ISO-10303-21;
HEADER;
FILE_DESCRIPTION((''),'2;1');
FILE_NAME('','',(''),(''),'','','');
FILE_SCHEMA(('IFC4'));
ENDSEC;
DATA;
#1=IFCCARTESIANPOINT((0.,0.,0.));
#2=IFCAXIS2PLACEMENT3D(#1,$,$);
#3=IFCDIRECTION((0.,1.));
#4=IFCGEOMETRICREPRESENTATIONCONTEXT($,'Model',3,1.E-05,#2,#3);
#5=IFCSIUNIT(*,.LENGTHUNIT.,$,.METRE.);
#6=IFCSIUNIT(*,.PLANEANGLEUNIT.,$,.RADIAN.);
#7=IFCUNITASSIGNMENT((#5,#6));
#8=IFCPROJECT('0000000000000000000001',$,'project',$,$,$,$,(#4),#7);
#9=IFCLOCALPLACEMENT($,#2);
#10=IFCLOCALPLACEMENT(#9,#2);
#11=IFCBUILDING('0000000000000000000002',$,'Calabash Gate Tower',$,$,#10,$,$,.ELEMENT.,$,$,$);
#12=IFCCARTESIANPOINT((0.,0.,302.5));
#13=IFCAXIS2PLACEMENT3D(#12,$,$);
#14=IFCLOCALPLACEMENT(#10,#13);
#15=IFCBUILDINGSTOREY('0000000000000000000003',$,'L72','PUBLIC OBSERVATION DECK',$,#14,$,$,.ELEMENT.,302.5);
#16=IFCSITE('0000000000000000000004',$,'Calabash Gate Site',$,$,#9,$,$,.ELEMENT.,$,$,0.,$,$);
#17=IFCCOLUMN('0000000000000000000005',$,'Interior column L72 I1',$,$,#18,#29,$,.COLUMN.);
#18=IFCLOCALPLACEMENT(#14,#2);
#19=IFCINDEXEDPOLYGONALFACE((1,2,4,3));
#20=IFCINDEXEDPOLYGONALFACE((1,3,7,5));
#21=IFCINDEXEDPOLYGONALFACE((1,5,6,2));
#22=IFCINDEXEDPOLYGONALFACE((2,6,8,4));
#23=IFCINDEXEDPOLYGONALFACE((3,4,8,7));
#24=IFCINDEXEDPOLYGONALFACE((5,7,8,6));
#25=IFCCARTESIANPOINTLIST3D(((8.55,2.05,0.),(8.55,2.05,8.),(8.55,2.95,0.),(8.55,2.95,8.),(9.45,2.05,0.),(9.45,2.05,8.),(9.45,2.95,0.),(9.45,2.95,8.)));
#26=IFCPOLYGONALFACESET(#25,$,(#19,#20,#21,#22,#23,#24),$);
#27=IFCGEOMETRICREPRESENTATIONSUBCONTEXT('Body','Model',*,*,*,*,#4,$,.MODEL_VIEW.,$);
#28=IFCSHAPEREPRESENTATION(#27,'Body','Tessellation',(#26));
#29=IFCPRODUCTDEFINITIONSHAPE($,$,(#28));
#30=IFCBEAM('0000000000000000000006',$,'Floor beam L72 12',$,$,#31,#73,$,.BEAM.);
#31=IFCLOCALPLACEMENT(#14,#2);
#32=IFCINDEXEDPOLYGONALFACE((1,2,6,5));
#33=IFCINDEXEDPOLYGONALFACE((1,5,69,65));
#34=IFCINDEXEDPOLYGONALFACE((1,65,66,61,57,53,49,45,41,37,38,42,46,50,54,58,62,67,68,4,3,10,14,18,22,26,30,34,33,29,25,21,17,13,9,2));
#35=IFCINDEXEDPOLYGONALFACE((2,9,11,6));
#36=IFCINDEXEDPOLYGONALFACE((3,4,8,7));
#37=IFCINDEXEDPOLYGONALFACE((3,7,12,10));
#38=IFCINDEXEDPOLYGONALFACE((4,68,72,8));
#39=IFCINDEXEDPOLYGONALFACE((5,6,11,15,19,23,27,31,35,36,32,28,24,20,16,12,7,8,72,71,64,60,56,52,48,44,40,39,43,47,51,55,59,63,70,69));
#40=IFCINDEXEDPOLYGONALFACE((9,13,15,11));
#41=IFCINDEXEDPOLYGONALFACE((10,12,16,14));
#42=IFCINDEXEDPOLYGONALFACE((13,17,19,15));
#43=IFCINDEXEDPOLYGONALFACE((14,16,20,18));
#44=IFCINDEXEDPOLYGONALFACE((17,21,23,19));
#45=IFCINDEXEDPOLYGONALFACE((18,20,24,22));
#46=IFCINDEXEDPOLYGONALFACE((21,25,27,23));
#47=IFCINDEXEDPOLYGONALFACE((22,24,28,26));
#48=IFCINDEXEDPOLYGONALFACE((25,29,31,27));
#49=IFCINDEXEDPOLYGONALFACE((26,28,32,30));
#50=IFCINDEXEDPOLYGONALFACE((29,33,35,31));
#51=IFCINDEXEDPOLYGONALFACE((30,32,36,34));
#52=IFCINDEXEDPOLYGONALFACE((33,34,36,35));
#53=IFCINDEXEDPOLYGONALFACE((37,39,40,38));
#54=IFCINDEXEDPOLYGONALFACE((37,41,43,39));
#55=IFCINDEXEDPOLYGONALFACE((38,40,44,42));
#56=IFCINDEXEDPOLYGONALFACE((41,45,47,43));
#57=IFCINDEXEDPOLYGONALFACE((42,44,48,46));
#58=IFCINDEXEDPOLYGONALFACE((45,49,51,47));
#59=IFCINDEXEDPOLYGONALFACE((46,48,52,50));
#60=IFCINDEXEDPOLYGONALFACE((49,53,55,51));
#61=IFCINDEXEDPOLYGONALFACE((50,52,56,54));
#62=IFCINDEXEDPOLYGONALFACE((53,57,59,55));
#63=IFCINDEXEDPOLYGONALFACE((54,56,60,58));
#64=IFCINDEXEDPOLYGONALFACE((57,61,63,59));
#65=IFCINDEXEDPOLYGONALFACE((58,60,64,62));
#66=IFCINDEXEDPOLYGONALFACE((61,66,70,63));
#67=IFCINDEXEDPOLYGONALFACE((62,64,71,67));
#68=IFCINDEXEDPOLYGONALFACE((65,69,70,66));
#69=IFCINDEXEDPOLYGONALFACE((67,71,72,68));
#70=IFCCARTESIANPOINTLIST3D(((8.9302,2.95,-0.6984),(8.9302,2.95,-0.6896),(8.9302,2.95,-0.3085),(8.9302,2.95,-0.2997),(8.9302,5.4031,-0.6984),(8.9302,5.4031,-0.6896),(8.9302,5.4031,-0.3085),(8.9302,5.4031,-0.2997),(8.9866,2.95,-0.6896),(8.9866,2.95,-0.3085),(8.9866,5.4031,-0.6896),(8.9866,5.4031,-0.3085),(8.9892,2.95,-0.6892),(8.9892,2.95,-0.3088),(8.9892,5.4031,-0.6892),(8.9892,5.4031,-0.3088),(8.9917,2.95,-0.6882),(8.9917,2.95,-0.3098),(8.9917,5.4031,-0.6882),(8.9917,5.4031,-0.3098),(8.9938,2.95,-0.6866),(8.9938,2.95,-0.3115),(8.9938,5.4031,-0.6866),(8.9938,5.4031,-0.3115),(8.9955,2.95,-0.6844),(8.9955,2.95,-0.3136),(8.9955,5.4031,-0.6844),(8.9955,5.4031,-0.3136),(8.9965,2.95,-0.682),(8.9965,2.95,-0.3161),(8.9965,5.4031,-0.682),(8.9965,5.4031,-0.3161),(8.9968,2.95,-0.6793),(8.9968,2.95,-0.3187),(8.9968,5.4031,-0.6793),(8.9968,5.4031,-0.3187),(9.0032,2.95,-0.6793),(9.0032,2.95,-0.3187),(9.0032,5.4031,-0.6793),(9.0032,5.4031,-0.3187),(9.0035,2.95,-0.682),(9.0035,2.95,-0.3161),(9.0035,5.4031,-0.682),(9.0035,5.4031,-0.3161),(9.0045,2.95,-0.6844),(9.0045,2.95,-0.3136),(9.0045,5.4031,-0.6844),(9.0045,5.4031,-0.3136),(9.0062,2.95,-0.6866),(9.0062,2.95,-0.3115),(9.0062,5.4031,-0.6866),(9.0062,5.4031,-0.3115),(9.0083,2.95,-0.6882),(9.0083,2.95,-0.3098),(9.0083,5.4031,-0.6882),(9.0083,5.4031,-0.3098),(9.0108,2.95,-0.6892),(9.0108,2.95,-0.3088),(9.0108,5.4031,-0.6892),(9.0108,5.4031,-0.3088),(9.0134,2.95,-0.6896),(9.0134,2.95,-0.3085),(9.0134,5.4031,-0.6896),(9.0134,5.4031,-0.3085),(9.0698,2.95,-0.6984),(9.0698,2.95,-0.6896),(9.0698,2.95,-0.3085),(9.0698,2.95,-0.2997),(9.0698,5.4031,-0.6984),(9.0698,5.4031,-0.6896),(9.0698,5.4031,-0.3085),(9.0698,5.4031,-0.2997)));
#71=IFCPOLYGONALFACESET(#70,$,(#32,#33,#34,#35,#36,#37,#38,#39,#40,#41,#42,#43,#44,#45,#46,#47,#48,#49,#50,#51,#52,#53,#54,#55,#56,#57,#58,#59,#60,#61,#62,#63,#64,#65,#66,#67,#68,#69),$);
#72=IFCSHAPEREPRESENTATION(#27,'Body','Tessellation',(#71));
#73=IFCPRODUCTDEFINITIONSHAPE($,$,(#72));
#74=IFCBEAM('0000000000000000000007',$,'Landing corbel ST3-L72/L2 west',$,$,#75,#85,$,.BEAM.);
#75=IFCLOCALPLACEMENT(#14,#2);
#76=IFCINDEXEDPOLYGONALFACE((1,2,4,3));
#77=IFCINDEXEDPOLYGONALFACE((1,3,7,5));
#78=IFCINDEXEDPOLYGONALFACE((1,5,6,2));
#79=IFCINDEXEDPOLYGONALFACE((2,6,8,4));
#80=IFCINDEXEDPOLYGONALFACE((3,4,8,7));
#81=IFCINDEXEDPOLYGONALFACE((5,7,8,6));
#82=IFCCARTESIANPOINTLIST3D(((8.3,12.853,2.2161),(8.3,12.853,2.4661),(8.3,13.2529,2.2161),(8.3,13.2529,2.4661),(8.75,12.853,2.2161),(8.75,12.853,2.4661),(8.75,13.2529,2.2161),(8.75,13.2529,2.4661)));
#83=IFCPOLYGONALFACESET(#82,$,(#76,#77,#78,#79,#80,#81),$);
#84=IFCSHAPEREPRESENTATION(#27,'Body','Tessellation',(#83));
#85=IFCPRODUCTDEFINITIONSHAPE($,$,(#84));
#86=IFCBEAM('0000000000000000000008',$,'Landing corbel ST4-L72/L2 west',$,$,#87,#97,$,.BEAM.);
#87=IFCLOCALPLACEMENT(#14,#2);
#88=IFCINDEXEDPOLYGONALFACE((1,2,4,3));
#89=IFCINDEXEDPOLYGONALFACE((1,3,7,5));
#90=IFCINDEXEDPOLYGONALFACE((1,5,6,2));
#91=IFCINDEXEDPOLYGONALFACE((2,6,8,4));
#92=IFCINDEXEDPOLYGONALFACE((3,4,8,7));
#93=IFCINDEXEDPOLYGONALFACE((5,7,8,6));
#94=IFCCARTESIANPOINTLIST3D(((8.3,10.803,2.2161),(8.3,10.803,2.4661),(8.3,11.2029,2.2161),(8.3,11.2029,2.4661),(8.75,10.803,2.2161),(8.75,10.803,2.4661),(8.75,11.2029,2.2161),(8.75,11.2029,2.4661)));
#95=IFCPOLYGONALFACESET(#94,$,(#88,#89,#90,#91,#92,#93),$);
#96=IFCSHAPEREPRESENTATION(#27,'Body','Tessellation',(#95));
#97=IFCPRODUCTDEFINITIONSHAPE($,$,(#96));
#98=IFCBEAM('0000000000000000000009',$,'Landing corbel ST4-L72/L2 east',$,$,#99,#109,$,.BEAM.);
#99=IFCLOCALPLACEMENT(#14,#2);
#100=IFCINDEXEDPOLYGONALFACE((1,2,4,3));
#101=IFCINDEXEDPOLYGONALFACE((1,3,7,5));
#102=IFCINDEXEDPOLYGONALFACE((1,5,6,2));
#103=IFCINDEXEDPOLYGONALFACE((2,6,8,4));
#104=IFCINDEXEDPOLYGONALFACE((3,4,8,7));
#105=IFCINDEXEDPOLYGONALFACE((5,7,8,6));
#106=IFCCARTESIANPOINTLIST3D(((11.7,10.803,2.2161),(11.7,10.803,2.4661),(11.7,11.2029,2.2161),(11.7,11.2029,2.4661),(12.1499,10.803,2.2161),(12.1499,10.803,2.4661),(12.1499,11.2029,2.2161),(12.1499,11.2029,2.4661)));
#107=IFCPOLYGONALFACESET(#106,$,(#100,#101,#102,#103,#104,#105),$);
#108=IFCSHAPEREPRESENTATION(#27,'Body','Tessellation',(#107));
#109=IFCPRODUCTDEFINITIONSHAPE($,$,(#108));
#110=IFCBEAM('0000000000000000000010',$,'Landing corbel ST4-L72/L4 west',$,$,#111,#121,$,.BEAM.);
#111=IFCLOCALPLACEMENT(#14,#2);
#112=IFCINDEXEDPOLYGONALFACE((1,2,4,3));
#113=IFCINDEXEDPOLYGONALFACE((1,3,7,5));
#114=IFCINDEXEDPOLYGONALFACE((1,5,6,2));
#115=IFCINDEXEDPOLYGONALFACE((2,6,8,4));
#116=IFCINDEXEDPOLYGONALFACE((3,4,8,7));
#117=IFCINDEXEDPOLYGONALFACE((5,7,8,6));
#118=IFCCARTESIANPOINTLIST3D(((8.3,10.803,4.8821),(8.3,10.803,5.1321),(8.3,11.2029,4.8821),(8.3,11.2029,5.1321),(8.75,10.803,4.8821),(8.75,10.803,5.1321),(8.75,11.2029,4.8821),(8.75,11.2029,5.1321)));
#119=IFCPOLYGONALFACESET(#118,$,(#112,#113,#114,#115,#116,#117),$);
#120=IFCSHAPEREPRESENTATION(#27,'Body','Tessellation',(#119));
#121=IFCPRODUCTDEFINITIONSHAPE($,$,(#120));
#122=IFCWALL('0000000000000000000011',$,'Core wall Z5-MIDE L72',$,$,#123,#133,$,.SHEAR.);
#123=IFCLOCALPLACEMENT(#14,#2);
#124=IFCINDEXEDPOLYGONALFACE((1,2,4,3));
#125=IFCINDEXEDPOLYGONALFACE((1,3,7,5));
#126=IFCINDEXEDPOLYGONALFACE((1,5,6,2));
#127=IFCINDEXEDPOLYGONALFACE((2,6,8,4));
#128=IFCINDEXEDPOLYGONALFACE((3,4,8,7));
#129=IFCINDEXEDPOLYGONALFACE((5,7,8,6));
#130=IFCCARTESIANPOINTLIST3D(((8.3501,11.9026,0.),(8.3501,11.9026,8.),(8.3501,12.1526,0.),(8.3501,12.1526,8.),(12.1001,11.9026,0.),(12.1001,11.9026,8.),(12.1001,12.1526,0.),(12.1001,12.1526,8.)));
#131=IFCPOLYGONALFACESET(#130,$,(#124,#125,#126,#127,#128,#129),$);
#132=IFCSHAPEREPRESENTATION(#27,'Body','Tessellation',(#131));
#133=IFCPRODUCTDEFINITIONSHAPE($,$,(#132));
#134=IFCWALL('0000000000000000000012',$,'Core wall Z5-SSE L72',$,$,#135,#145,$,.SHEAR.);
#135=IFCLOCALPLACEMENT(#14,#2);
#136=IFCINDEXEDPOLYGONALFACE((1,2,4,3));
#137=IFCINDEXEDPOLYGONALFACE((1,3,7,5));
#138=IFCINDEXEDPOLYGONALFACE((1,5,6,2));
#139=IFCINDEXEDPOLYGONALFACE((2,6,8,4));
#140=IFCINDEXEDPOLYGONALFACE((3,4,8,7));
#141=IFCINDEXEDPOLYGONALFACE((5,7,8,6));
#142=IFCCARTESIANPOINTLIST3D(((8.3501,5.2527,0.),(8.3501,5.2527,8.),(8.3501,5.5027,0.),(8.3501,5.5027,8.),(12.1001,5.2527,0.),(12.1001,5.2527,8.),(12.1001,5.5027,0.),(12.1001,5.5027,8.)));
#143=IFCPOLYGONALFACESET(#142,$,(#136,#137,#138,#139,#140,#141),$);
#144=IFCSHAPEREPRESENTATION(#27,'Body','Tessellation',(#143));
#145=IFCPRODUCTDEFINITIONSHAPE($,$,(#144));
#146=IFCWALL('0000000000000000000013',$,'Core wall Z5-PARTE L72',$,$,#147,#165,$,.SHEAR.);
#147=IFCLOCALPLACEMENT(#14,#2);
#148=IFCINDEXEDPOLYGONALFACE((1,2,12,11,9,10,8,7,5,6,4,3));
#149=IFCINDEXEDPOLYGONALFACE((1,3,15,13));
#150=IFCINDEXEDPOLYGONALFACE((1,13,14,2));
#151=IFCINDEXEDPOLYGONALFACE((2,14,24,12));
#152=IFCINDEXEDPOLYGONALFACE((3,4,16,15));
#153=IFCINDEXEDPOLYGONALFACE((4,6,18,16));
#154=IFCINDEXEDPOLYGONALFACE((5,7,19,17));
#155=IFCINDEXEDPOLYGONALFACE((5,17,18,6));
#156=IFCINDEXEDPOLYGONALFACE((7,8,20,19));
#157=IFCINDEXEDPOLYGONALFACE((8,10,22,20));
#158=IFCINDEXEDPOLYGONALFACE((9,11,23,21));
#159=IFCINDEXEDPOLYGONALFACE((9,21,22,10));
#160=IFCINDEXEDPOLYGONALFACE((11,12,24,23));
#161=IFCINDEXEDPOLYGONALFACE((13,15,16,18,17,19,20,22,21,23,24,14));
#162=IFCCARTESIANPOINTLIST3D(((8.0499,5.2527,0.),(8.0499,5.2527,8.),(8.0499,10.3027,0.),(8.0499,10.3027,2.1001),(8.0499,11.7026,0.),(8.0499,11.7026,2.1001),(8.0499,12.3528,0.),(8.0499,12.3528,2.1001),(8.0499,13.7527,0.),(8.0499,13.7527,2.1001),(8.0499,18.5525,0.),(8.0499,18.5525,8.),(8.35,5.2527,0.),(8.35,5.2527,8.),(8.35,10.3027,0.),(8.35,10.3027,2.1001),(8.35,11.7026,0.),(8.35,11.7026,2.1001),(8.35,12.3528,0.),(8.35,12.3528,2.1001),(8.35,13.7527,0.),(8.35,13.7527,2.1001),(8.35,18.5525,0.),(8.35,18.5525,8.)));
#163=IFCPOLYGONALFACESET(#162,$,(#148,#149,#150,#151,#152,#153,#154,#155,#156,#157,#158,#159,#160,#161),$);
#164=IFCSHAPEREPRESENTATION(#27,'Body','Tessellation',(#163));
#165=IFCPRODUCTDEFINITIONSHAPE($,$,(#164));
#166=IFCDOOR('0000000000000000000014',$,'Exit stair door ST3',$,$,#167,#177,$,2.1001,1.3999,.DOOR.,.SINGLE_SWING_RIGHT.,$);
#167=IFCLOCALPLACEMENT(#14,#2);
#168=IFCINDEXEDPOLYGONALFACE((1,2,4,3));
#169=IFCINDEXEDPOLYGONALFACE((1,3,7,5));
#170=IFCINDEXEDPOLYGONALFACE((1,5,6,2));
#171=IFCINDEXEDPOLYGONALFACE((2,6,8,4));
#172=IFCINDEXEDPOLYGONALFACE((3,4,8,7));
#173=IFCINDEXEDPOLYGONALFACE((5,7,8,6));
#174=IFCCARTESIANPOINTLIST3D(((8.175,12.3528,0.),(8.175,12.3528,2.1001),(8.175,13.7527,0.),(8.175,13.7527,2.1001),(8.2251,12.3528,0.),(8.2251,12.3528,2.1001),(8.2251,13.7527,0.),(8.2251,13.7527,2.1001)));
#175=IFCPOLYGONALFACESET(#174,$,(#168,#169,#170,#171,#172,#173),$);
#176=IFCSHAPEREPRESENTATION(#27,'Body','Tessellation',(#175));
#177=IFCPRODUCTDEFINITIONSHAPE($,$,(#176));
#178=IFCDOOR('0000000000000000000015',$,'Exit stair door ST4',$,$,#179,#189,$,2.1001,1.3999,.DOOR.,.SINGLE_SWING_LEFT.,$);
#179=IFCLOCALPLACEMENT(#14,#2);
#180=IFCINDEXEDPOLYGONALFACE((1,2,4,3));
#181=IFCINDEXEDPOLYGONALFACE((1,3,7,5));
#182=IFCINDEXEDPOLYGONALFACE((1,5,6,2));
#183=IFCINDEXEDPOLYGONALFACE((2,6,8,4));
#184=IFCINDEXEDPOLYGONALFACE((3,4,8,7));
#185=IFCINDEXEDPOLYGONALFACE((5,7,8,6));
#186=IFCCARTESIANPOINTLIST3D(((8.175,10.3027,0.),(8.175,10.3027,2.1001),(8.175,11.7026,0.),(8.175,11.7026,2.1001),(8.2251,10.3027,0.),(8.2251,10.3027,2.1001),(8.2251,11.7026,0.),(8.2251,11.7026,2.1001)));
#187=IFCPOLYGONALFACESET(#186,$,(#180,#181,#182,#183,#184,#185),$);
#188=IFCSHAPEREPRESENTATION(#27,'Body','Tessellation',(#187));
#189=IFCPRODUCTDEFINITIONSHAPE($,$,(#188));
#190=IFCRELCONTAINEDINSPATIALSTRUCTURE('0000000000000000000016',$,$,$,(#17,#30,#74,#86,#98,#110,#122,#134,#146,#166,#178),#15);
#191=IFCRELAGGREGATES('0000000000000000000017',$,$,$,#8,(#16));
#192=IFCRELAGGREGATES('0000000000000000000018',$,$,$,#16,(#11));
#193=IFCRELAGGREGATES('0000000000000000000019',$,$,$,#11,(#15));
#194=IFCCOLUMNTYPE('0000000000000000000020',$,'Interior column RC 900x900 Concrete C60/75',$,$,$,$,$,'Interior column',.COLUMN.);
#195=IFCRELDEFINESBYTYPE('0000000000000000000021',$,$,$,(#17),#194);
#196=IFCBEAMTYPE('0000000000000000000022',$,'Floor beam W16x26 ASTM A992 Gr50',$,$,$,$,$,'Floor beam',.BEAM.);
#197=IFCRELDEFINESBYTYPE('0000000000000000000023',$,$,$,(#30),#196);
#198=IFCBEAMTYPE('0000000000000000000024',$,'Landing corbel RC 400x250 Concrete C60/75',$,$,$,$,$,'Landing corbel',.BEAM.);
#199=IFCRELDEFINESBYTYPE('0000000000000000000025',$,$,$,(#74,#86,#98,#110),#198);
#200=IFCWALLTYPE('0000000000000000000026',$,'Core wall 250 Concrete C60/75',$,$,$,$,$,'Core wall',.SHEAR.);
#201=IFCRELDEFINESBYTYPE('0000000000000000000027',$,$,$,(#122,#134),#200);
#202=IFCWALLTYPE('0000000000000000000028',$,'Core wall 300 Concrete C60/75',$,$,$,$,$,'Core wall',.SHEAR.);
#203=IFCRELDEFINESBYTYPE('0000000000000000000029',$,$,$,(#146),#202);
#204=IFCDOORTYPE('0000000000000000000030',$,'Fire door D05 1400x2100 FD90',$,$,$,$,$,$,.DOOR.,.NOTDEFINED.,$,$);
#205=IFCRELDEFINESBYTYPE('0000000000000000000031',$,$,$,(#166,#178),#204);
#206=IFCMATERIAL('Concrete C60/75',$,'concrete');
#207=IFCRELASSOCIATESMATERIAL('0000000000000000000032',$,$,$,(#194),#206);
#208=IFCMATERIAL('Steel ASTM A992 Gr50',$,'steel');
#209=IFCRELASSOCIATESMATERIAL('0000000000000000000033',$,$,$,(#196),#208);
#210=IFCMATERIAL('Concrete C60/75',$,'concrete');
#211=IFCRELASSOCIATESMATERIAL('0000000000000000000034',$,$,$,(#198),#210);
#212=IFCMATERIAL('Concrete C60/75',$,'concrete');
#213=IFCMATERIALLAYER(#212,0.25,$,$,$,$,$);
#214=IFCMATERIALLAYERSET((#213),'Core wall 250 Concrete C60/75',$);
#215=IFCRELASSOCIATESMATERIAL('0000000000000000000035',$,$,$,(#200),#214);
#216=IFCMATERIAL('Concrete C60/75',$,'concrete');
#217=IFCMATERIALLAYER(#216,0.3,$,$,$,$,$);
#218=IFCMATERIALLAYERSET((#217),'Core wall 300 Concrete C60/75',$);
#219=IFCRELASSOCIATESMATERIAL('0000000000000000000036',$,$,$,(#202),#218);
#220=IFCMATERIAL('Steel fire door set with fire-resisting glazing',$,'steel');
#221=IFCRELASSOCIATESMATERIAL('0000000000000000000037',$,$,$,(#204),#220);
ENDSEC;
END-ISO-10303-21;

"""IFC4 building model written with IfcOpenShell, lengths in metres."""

from ifc_helpers import new_model, si_unit, direction, frame, frame_2d, origin, origin_2d, place, context, subcontext, project, spatial, rectangle, i_section, extrude, material, layer, layer_set, material_profile, profile_set, type_object, element, fill, save


model = new_model("IFC4")

# Units and contexts
model_context = context("Model", 3, precision=1e-05, world=origin(), true_north=direction((0.0, 1.0)))
body_context = subcontext(model_context, "Body", "Model", "MODEL_VIEW")
ifc_project = project(units=[si_unit("LENGTHUNIT", "METRE"), si_unit("PLANEANGLEUNIT", "RADIAN")], contexts=[model_context])

# Site, building, storey
site_placement = place(None, origin())
site = spatial("IfcSite", under=ifc_project, at=site_placement, Name="Calabash Gate Site", CompositionType="ELEMENT", RefElevation=0.0)
building_placement = place(site_placement, origin())
building = spatial("IfcBuilding", under=site, at=building_placement, Name="Calabash Gate Tower", CompositionType="ELEMENT")
storey_placement = place(building_placement, frame((0.0, 0.0, 302.5)))
storey = spatial("IfcBuildingStorey", under=building, at=storey_placement, Name="L72", Description="PUBLIC OBSERVATION DECK", CompositionType="ELEMENT", Elevation=302.5)

# Column
ifc_material_1 = material(Name="Concrete C60/75", Category="concrete")
ifc_material_profile_1 = material_profile(ifc_material_1, rectangle(XDim=0.8999, YDim=0.8999, at=origin_2d()))
ifc_profile_set_1 = profile_set([ifc_material_profile_1], Name="Concrete C60/75")
column_type = type_object("IfcColumnType", Name="Interior column RC 900x900 Concrete C60/75", ElementType="Interior column", PredefinedType="COLUMN", material=ifc_profile_set_1)
column_placement = place(storey_placement, frame((9.0, 2.5, 0.0), z_axis=(0.0, 0.0, 1.0), x_axis=(1.0, 0.0, 0.0)))
element("IfcColumn", 1, at=column_placement, inside=storey, type_object=column_type, Name="Interior column L72 I1", PredefinedType="COLUMN", context=body_context, shape_type="SweptSolid", body=[
    extrude(rectangle(XDim=0.8999, YDim=0.8999, at=origin_2d()), origin(), (0.0, 0.0, 1.0), 8.0),
])

# Beams
ifc_material_2 = material(Name="Steel ASTM A992 Gr50", Category="steel")
ifc_material_profile_2 = material_profile(ifc_material_2, i_section(OverallWidth=0.1396, OverallDepth=0.3987, WebThickness=0.0063, FlangeThickness=0.0088, FilletRadius=0.0103, at=origin_2d()))
ifc_profile_set_2 = profile_set([ifc_material_profile_2], Name="Steel ASTM A992 Gr50")
beam_type_1 = type_object("IfcBeamType", Name="Floor beam W16x26 ASTM A992 Gr50", ElementType="Floor beam", PredefinedType="BEAM", material=ifc_profile_set_2)
beam_placement = place(storey_placement, frame((9.0, 2.95, -0.499), z_axis=(0.0, 1.0, 0.0), x_axis=(-1.0, 0.0, 0.0)))
element("IfcBeam", 2, at=beam_placement, inside=storey, type_object=beam_type_1, Name="Floor beam L72 12", PredefinedType="BEAM", context=body_context, shape_type="SweptSolid", body=[
    extrude(i_section(OverallWidth=0.1396, OverallDepth=0.3987, WebThickness=0.0063, FlangeThickness=0.0088, FilletRadius=0.0103, at=origin_2d()), origin(), (0.0, 0.0, 1.0), 2.4531),
])
ifc_material_3 = material(Name="Concrete C60/75", Category="concrete")
ifc_material_profile_3 = material_profile(ifc_material_3, rectangle(XDim=0.3999, YDim=0.25, at=origin_2d()))
ifc_profile_set_3 = profile_set([ifc_material_profile_3], Name="Concrete C60/75")
beam_type_2 = type_object("IfcBeamType", Name="Landing corbel RC 400x250 Concrete C60/75", ElementType="Landing corbel", PredefinedType="BEAM", material=ifc_profile_set_3)
for number, where, z_axis, x_axis, name in (
    (3, (8.3, 13.053, 2.3411), (1.0, 0.0, 0.0), (0.0, 1.0, 0.0), "Landing corbel ST3-L72/L2 west"),
    (4, (8.3, 11.0029, 2.3411), (1.0, 0.0, 0.0), (0.0, 1.0, 0.0), "Landing corbel ST4-L72/L2 west"),
    (5, (12.1499, 11.0029, 2.3411), (-1.0, 0.0, 0.0), (0.0, -1.0, 0.0), "Landing corbel ST4-L72/L2 east"),
    (6, (8.3, 11.0029, 5.0071), (1.0, 0.0, 0.0), (0.0, 1.0, 0.0), "Landing corbel ST4-L72/L4 west"),
):
    element("IfcBeam", number, at=place(storey_placement, frame(where, z_axis=z_axis, x_axis=x_axis)), inside=storey, type_object=beam_type_2, Name=name, PredefinedType="BEAM", context=body_context, shape_type="SweptSolid", body=[
        extrude(rectangle(XDim=0.3999, YDim=0.25, at=origin_2d()), origin(), (0.0, 0.0, 1.0), 0.45),
    ])

# Walls
ifc_material_4 = material(Name="Concrete C60/75", Category="concrete")
ifc_layer_1 = layer(ifc_material_4, 0.25)
ifc_layer_set_1 = layer_set([ifc_layer_1], Name="Core wall 250 Concrete C60/75")
wall_type_1 = type_object("IfcWallType", Name="Core wall 250 Concrete C60/75", ElementType="Core wall", PredefinedType="SHEAR", material=ifc_layer_set_1)
for number, where, z_axis, x_axis, name in (
    (7, (8.3501, 12.0276, 0.0), (0.0, 0.0, 1.0), (1.0, 0.0, 0.0), "Core wall Z5-MIDE L72"),
    (8, (8.3501, 5.3777, 0.0), (0.0, 0.0, 1.0), (1.0, 0.0, 0.0), "Core wall Z5-SSE L72"),
):
    element("IfcWall", number, at=place(storey_placement, frame(where, z_axis=z_axis, x_axis=x_axis)), inside=storey, type_object=wall_type_1, Name=name, PredefinedType="SHEAR", context=body_context, shape_type="SweptSolid", body=[
        extrude(rectangle(XDim=3.75, YDim=0.25, at=frame_2d((1.875, 0.0))), origin(), (0.0, 0.0, 1.0), 8.0),
    ])

# Wall, openings, doors
ifc_material_5 = material(Name="Concrete C60/75", Category="concrete")
ifc_layer_2 = layer(ifc_material_5, 0.3)
ifc_layer_set_2 = layer_set([ifc_layer_2], Name="Core wall 300 Concrete C60/75")
wall_type_2 = type_object("IfcWallType", Name="Core wall 300 Concrete C60/75", ElementType="Core wall", PredefinedType="SHEAR", material=ifc_layer_set_2)
wall_1_placement = place(storey_placement, frame((8.2, 5.2527, 0.0), z_axis=(0.0, 0.0, 1.0), x_axis=(0.0, 1.0, 0.0)))
wall_1 = element("IfcWall", 9, at=wall_1_placement, inside=storey, type_object=wall_type_2, Name="Core wall Z5-PARTE L72", PredefinedType="SHEAR", context=body_context, shape_type="SweptSolid", body=[
    extrude(rectangle(XDim=13.2998, YDim=0.3, at=frame_2d((6.6499, 0.0))), origin(), (0.0, 0.0, 1.0), 8.0),
])
opening_1_placement = place(wall_1_placement, frame((7.1001, 0.0, 0.0)))
opening_1 = element("IfcOpeningElement", 10, at=opening_1_placement, cuts=wall_1, PredefinedType="OPENING", context=body_context, shape_type="SweptSolid", body=[
    extrude(rectangle(XDim=1.3999, YDim=2.1001, at=frame_2d((0.7, 1.05))), frame((0.0, 0.1599, 0.0), z_axis=(0.0, -1.0, 0.0), x_axis=(1.0, 0.0, 0.0)), (0.0, 0.0, 1.0), 0.3201),
])
opening_2_placement = place(wall_1_placement, frame((5.05, 0.0, 0.0)))
opening_2 = element("IfcOpeningElement", 11, at=opening_2_placement, cuts=wall_1, PredefinedType="OPENING", context=body_context, shape_type="SweptSolid", body=[
    extrude(rectangle(XDim=1.3999, YDim=2.1001, at=frame_2d((0.7, 1.05))), frame((0.0, 0.1599, 0.0), z_axis=(0.0, -1.0, 0.0), x_axis=(1.0, 0.0, 0.0)), (0.0, 0.0, 1.0), 0.3201),
])
ifc_material_6 = material(Name="Steel fire door set with fire-resisting glazing", Category="steel")
door_type = type_object("IfcDoorType", Name="Fire door D05 1400x2100 FD90", OperationType="NOTDEFINED", PredefinedType="DOOR", material=ifc_material_6)
door_1_placement = place(opening_1_placement, origin())
door_1 = element("IfcDoor", 12, at=door_1_placement, inside=storey, type_object=door_type, Name="Exit stair door ST3", OperationType="SINGLE_SWING_RIGHT", OverallHeight=2.1001, OverallWidth=1.3999, PredefinedType="DOOR", context=body_context, shape_type="SweptSolid", body=[
    extrude(rectangle(XDim=1.3999, YDim=2.1001, at=frame_2d((0.7, 1.05))), frame((0.0, 0.0249, 0.0), z_axis=(0.0, -1.0, 0.0), x_axis=(1.0, 0.0, 0.0)), (0.0, 0.0, 1.0), 0.05),
])
fill(opening_1, door_1)
door_2_placement = place(opening_2_placement, origin())
door_2 = element("IfcDoor", 13, at=door_2_placement, inside=storey, type_object=door_type, Name="Exit stair door ST4", OperationType="SINGLE_SWING_LEFT", OverallHeight=2.1001, OverallWidth=1.3999, PredefinedType="DOOR", context=body_context, shape_type="SweptSolid", body=[
    extrude(rectangle(XDim=1.3999, YDim=2.1001, at=frame_2d((0.7, 1.05))), frame((0.0, 0.0249, 0.0), z_axis=(0.0, -1.0, 0.0), x_axis=(1.0, 0.0, 0.0)), (0.0, 0.0, 1.0), 0.05),
])
fill(opening_2, door_2)

save(model, "model.ifc")
